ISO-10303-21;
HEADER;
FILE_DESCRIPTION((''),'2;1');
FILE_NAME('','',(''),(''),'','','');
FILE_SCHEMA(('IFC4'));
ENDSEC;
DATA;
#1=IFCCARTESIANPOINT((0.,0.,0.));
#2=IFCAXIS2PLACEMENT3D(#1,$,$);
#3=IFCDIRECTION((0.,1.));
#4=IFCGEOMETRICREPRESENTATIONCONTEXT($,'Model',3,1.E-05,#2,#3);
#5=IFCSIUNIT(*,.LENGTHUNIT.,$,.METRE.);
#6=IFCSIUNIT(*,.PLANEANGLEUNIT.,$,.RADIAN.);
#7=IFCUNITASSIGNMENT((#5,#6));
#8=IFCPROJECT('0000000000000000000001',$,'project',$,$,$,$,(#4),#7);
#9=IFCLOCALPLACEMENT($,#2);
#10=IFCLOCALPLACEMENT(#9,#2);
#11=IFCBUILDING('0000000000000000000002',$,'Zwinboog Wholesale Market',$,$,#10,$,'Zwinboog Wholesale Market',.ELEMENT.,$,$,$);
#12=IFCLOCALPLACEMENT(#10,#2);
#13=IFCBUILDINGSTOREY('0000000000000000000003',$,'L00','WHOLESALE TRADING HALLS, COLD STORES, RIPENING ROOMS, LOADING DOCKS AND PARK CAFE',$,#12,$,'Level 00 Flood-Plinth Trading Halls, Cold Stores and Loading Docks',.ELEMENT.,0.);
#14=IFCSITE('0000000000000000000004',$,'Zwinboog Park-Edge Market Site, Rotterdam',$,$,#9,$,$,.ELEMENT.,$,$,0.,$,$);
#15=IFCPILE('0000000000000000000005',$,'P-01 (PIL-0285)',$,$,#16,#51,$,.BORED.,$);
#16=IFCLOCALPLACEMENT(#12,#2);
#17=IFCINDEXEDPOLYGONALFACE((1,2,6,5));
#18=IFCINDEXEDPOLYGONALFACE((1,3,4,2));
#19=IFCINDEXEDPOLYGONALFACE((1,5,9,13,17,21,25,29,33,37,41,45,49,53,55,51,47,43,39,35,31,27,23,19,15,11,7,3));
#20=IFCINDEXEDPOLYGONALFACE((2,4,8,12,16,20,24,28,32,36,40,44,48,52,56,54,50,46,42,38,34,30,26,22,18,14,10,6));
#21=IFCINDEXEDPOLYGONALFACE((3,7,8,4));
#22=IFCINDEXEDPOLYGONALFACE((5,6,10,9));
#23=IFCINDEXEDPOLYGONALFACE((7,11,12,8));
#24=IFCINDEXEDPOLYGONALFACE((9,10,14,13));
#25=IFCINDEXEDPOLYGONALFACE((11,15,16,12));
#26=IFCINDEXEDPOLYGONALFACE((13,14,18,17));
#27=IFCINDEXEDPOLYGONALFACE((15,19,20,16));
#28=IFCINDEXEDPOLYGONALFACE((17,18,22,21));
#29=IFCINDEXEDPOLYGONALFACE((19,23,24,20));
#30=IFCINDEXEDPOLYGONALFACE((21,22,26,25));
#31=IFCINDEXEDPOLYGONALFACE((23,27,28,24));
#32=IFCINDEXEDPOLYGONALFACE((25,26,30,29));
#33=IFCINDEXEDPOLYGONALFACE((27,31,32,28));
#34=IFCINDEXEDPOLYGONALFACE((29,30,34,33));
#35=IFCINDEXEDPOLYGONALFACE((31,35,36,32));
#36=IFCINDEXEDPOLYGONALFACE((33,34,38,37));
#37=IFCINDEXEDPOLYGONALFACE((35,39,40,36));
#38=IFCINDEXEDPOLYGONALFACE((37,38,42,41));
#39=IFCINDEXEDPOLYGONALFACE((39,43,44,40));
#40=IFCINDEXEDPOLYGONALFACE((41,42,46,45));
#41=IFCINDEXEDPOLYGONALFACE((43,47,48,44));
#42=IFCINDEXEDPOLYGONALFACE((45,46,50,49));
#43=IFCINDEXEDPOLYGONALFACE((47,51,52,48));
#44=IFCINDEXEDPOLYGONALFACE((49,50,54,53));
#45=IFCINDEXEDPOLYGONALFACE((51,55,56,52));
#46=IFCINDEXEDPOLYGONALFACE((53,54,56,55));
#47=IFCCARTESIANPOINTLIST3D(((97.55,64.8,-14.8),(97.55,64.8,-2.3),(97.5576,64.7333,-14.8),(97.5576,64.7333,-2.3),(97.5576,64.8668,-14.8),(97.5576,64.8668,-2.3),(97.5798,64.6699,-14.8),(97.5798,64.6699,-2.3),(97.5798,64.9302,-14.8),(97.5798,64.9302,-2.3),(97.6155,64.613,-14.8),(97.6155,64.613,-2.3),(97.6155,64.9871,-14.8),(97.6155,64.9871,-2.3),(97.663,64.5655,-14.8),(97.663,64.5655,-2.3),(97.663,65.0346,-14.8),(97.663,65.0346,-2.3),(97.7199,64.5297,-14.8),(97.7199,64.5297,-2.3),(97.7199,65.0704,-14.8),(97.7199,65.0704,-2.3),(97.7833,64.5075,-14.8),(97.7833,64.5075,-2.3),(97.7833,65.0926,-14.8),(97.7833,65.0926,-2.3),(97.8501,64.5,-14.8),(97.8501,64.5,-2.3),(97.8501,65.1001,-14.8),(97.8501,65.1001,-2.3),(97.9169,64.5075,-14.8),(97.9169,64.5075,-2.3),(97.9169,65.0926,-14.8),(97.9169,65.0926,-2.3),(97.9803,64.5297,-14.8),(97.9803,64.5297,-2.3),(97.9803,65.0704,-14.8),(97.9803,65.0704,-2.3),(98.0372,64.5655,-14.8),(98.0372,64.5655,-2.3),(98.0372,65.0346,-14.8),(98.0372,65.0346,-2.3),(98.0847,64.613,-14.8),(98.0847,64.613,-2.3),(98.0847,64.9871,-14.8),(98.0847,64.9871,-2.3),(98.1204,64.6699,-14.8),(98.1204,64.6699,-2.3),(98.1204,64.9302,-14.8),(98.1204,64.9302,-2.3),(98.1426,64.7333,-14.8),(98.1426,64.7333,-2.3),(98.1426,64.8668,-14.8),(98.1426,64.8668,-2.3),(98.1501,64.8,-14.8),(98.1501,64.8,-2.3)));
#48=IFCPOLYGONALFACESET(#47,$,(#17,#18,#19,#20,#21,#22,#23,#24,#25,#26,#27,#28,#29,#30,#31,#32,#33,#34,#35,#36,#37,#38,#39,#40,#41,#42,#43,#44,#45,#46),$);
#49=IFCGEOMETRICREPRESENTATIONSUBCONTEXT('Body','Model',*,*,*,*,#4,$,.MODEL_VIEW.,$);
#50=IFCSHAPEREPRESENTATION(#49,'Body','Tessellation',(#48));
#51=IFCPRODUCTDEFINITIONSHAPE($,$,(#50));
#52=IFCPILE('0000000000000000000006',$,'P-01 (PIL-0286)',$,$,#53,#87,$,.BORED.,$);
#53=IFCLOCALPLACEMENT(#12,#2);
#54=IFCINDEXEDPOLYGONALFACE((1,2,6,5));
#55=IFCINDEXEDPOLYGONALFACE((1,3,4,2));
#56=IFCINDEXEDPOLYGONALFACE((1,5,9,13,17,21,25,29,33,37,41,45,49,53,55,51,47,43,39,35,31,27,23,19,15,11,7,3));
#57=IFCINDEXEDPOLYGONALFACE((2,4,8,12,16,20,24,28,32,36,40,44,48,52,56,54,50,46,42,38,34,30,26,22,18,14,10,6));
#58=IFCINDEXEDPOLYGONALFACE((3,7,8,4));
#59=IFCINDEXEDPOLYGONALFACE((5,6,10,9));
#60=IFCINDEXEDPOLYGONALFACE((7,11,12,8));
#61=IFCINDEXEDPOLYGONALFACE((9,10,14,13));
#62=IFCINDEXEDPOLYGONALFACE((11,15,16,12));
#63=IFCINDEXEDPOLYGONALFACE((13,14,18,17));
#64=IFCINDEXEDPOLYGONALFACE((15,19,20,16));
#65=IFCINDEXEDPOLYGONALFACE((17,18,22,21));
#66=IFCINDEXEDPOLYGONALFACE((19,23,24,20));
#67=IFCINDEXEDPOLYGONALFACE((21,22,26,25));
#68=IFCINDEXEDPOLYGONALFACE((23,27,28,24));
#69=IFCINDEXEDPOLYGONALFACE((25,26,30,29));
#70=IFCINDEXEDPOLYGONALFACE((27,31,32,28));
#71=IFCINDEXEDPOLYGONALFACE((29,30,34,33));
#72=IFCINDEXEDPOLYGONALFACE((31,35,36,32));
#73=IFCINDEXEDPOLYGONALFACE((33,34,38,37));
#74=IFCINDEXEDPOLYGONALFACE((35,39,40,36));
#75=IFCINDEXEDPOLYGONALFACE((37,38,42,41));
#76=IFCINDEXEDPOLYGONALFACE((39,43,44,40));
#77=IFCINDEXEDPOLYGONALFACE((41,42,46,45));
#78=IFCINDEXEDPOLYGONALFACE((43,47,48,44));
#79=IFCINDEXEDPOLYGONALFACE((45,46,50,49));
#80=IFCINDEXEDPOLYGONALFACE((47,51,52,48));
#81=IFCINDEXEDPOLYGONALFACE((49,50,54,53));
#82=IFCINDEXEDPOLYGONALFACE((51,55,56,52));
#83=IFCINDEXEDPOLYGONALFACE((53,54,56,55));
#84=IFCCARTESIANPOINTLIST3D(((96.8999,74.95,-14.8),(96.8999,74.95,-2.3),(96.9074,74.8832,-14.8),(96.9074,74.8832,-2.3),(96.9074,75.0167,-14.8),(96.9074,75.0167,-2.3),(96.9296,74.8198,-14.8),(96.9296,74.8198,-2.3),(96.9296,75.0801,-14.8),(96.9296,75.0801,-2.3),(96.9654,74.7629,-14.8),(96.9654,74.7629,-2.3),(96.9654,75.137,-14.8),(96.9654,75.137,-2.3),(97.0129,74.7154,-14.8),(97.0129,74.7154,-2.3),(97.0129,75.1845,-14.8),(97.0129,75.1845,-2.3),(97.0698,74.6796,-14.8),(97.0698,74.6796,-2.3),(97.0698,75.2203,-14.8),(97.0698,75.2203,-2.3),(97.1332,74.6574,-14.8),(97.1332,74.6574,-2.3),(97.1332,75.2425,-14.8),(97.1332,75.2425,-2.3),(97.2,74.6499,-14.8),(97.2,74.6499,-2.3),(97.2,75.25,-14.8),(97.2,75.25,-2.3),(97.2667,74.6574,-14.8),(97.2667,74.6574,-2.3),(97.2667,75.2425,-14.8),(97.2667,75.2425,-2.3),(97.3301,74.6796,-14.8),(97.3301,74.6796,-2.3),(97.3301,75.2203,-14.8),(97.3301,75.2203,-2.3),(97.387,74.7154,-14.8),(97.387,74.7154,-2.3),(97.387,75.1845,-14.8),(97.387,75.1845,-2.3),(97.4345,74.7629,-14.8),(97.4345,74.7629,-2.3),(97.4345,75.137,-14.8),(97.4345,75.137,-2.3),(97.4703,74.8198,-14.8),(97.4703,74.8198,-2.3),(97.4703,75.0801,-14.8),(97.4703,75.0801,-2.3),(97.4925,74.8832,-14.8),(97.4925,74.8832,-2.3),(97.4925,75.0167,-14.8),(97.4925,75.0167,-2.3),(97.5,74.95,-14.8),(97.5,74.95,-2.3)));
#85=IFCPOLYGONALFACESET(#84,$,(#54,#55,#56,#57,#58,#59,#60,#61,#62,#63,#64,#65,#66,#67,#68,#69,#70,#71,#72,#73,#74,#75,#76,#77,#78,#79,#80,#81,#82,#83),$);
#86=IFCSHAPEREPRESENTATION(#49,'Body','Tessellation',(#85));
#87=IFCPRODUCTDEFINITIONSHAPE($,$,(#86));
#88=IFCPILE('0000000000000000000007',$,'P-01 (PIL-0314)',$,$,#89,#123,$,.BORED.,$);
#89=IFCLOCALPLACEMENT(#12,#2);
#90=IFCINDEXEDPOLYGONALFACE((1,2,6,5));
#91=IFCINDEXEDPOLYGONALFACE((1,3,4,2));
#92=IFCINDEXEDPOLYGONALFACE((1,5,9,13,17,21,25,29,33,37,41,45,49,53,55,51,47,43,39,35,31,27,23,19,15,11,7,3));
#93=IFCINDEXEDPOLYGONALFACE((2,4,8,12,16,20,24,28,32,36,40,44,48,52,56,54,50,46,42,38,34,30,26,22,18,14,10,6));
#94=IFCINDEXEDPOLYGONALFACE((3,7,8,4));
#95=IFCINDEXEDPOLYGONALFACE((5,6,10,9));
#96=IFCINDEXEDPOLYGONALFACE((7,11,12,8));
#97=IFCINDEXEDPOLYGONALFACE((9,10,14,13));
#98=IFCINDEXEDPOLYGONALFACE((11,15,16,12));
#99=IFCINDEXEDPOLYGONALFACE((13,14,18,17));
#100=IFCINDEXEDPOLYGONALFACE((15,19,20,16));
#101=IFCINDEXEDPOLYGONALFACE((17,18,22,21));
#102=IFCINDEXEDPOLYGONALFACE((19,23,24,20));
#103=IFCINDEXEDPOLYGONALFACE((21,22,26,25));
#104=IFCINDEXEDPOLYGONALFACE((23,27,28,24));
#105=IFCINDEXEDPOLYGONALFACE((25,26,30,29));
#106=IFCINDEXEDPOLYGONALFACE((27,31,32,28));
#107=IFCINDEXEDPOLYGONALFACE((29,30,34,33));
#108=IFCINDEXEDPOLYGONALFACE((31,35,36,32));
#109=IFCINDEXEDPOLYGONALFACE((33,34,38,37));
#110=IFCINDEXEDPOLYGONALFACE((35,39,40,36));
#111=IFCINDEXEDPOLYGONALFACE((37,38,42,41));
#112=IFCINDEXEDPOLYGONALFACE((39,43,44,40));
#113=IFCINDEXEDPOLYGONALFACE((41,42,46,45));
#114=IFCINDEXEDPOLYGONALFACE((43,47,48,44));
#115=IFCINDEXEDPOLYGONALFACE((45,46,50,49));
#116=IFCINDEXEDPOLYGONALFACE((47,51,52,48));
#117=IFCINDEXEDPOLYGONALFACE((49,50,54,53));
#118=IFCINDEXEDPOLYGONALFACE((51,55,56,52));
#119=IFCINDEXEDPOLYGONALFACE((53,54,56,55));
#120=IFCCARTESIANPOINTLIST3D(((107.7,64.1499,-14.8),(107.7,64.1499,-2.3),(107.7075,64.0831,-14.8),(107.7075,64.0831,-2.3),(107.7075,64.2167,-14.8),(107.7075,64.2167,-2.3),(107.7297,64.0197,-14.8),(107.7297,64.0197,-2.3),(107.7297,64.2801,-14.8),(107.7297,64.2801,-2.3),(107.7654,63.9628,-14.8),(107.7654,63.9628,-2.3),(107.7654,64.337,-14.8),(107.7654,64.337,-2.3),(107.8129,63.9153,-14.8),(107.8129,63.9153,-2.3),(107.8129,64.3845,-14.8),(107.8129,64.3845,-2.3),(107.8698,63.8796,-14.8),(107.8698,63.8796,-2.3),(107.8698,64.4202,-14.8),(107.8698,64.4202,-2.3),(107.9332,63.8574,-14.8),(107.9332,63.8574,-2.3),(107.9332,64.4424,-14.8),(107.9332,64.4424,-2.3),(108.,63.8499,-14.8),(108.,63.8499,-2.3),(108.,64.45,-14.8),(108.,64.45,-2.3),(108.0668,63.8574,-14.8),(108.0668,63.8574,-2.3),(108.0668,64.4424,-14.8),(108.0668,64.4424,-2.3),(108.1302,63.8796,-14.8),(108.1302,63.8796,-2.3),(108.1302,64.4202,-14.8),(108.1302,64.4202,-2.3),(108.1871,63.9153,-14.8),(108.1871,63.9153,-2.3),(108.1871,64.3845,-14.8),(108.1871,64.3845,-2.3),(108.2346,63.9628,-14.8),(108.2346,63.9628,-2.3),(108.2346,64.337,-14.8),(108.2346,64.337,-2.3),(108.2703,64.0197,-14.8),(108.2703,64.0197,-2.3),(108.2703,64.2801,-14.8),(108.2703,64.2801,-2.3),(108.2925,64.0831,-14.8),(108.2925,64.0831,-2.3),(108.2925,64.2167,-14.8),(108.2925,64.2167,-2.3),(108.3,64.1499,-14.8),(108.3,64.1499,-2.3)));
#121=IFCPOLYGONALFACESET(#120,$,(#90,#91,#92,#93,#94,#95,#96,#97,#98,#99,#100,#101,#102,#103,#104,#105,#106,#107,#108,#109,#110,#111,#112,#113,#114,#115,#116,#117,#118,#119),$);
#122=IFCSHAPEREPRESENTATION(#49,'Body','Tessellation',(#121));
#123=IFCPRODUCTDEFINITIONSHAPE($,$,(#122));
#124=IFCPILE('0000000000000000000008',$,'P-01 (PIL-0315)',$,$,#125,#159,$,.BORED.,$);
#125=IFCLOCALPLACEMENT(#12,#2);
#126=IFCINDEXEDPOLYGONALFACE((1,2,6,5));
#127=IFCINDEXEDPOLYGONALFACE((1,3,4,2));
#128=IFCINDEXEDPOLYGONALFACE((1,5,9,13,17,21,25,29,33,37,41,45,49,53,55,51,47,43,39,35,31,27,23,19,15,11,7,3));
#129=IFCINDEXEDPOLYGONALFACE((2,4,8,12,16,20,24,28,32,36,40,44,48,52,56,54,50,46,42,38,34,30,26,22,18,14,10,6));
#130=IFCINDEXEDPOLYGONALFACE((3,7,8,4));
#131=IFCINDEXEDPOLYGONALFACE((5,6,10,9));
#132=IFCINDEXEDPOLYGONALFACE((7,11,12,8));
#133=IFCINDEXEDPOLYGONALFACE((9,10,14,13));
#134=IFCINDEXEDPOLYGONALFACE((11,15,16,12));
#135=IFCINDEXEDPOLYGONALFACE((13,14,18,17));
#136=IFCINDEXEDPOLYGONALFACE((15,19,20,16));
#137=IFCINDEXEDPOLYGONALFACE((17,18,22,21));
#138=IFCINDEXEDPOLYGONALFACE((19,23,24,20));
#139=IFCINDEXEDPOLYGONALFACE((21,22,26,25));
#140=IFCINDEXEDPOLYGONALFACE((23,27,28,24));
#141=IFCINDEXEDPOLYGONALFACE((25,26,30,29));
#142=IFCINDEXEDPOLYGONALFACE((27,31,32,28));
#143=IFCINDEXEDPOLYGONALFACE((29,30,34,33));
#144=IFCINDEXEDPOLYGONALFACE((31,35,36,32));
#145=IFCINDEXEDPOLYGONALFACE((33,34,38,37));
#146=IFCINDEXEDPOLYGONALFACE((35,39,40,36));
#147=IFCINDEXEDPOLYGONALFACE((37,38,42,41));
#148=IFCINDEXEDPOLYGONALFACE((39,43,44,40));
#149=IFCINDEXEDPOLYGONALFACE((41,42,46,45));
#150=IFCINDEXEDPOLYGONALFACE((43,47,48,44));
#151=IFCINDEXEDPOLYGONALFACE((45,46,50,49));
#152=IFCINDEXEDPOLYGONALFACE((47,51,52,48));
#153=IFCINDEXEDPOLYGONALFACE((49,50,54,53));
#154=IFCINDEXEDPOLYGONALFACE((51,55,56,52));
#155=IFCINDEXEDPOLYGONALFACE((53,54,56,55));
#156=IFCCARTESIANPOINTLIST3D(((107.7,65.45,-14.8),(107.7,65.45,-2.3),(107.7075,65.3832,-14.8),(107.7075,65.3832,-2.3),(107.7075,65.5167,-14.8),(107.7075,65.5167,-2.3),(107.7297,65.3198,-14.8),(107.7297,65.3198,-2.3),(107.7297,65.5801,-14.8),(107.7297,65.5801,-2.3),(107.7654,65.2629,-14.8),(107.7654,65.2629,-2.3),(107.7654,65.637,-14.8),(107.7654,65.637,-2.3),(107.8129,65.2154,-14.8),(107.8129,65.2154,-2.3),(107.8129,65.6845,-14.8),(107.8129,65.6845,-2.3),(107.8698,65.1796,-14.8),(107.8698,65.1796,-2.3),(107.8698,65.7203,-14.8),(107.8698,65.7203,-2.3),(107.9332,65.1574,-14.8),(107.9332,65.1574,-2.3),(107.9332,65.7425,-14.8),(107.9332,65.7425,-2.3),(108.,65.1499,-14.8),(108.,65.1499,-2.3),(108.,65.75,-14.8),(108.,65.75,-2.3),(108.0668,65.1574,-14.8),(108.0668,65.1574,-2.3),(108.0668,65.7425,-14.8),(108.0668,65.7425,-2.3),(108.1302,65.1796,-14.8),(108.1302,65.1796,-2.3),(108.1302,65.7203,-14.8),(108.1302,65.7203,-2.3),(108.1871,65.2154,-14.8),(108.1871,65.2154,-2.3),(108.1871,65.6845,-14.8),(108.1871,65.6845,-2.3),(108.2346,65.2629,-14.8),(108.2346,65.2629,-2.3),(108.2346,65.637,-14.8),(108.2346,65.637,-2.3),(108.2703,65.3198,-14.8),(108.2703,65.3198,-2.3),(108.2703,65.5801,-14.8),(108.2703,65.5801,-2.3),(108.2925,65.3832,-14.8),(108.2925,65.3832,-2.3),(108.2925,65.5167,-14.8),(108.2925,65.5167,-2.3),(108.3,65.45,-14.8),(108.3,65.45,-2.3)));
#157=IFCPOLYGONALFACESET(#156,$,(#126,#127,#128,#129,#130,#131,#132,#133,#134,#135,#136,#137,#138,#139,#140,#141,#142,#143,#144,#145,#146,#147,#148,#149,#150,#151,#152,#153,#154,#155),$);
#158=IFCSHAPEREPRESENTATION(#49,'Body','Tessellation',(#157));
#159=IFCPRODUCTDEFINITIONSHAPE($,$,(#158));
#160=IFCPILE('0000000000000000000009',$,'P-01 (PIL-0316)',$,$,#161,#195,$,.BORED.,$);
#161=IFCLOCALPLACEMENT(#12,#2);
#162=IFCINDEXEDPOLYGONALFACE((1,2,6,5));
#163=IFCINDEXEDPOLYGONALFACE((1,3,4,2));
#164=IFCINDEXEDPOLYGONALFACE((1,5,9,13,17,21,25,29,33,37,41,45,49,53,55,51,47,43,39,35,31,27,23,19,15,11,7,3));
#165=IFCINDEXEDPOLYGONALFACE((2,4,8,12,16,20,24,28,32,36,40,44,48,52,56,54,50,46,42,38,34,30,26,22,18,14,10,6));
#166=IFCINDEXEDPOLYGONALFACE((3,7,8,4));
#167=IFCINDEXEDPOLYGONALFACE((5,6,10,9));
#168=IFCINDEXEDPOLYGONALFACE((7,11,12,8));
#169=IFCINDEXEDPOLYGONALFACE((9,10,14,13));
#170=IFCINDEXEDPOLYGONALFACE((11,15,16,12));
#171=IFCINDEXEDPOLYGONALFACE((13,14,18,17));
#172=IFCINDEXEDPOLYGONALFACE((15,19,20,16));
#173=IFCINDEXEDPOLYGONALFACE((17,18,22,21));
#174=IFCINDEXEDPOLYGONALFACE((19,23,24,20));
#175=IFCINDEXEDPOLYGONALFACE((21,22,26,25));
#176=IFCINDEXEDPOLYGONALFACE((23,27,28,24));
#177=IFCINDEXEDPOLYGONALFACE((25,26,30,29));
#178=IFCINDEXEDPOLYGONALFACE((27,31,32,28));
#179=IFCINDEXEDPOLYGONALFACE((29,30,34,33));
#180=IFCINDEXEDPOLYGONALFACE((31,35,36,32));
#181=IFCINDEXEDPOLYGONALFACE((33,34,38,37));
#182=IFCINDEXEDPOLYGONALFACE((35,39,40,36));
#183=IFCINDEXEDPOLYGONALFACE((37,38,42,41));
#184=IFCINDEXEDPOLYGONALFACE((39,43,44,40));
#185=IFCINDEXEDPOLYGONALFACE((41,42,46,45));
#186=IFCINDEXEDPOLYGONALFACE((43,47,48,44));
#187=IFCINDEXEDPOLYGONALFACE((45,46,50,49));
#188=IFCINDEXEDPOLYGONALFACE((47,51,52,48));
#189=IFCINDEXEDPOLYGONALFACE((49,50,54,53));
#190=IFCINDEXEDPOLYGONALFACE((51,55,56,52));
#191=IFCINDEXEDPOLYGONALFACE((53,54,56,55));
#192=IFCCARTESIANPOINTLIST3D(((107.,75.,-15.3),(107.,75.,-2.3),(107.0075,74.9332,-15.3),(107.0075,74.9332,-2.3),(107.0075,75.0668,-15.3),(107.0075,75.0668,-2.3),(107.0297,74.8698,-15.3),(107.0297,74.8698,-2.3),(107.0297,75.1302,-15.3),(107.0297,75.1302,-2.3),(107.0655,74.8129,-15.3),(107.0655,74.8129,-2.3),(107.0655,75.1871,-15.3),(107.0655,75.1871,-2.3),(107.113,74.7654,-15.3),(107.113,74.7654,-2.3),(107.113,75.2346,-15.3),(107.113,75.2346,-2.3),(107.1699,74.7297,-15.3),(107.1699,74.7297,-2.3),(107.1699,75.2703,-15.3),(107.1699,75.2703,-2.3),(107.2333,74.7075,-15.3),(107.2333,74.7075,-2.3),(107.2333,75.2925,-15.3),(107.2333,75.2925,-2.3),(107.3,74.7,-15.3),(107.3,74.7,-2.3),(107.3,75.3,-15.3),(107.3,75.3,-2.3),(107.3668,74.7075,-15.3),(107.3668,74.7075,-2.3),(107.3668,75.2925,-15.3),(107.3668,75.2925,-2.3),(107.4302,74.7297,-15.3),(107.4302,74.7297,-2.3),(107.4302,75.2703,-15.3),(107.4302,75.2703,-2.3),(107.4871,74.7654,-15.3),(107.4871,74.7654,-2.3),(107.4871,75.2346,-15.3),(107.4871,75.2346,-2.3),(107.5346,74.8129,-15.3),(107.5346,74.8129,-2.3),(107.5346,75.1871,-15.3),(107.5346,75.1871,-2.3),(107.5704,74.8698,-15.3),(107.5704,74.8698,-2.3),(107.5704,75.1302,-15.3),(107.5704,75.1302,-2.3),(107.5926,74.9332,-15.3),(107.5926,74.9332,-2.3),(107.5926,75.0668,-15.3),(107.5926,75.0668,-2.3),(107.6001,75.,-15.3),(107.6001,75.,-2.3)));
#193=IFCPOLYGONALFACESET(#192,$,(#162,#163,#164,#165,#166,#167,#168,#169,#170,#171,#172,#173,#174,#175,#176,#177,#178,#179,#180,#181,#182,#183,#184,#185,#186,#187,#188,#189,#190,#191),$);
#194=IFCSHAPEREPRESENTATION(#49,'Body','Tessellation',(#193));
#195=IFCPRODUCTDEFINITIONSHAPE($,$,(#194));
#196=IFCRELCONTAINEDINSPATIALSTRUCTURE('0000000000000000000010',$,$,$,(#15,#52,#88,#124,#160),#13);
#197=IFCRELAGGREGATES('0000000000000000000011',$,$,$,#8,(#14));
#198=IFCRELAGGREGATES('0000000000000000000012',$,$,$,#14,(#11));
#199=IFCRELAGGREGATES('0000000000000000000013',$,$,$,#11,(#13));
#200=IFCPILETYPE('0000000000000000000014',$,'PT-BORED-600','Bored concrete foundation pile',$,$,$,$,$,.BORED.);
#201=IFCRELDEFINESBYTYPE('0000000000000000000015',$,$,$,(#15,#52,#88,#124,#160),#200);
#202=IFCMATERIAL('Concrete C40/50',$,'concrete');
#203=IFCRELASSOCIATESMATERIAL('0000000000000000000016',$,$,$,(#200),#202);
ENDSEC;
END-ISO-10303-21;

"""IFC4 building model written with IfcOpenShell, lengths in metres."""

from ifc_helpers import new_model, si_unit, direction, frame, origin, origin_2d, place, context, subcontext, project, spatial, circle, extrude, material, material_profile, profile_set, type_object, element, save


model = new_model("IFC4")

# Units and contexts
model_context = context("Model", 3, precision=1e-05, world=origin(), true_north=direction((0.0, 1.0)))
body_context = subcontext(model_context, "Body", "Model", "MODEL_VIEW")
ifc_project = project(units=[si_unit("LENGTHUNIT", "METRE"), si_unit("PLANEANGLEUNIT", "RADIAN")], contexts=[model_context])

# Site, building, storey
site_placement = place(None, origin())
site = spatial("IfcSite", under=ifc_project, at=site_placement, Name="Zwinboog Park-Edge Market Site, Rotterdam", CompositionType="ELEMENT", RefElevation=0.0)
building_placement = place(site_placement, origin())
building = spatial("IfcBuilding", under=site, at=building_placement, Name="Zwinboog Wholesale Market", LongName="Zwinboog Wholesale Market", CompositionType="ELEMENT")
storey_placement = place(building_placement, origin())
storey = spatial("IfcBuildingStorey", under=building, at=storey_placement, Name="L00", Description="WHOLESALE TRADING HALLS, COLD STORES, RIPENING ROOMS, LOADING DOCKS AND PARK CAFE", LongName="Level 00 Flood-Plinth Trading Halls, Cold Stores and Loading Docks", CompositionType="ELEMENT", Elevation=0.0)

# Piles
ifc_material_1 = material(Name="Concrete C40/50", Category="concrete")
ifc_material_profile_1 = material_profile(ifc_material_1, circle(Radius=0.3, at=origin_2d()), Name="PILE D600")
ifc_profile_set_1 = profile_set([ifc_material_profile_1], Name="Concrete C40/50")
pile_type = type_object("IfcPileType", Name="PT-BORED-600", Description="Bored concrete foundation pile", PredefinedType="BORED", material=ifc_profile_set_1)
for number, where, z_axis, x_axis, name in (
    (1, (97.8501, 64.8, -2.3), (0.0, 0.0, -1.0), (1.0, 0.0, 0.0), "P-01 (PIL-0285)"),
    (2, (97.2, 74.95, -2.3), (0.0, 0.0, -1.0), (1.0, 0.0, 0.0), "P-01 (PIL-0286)"),
    (3, (108.0, 64.1499, -2.3), (0.0, 0.0, -1.0), (1.0, 0.0, 0.0), "P-01 (PIL-0314)"),
    (4, (108.0, 65.45, -2.3), (0.0, 0.0, -1.0), (1.0, 0.0, 0.0), "P-01 (PIL-0315)"),
):
    element("IfcPile", number, at=place(storey_placement, frame(where, z_axis=z_axis, x_axis=x_axis)), inside=storey, type_object=pile_type, Name=name, PredefinedType="BORED", context=body_context, shape_type="SweptSolid", body=[
        extrude(circle(Radius=0.3, at=origin_2d()), origin(), (0.0, 0.0, 1.0), 12.5),
    ])
pile_placement = place(storey_placement, frame((107.3, 75.0, -2.3), z_axis=(0.0, 0.0, -1.0), x_axis=(1.0, 0.0, 0.0)))
element("IfcPile", 5, at=pile_placement, inside=storey, type_object=pile_type, Name="P-01 (PIL-0316)", PredefinedType="BORED", context=body_context, shape_type="SweptSolid", body=[
    extrude(circle(Radius=0.3, at=origin_2d()), origin(), (0.0, 0.0, 1.0), 13.0),
])

save(model, "model.ifc")
